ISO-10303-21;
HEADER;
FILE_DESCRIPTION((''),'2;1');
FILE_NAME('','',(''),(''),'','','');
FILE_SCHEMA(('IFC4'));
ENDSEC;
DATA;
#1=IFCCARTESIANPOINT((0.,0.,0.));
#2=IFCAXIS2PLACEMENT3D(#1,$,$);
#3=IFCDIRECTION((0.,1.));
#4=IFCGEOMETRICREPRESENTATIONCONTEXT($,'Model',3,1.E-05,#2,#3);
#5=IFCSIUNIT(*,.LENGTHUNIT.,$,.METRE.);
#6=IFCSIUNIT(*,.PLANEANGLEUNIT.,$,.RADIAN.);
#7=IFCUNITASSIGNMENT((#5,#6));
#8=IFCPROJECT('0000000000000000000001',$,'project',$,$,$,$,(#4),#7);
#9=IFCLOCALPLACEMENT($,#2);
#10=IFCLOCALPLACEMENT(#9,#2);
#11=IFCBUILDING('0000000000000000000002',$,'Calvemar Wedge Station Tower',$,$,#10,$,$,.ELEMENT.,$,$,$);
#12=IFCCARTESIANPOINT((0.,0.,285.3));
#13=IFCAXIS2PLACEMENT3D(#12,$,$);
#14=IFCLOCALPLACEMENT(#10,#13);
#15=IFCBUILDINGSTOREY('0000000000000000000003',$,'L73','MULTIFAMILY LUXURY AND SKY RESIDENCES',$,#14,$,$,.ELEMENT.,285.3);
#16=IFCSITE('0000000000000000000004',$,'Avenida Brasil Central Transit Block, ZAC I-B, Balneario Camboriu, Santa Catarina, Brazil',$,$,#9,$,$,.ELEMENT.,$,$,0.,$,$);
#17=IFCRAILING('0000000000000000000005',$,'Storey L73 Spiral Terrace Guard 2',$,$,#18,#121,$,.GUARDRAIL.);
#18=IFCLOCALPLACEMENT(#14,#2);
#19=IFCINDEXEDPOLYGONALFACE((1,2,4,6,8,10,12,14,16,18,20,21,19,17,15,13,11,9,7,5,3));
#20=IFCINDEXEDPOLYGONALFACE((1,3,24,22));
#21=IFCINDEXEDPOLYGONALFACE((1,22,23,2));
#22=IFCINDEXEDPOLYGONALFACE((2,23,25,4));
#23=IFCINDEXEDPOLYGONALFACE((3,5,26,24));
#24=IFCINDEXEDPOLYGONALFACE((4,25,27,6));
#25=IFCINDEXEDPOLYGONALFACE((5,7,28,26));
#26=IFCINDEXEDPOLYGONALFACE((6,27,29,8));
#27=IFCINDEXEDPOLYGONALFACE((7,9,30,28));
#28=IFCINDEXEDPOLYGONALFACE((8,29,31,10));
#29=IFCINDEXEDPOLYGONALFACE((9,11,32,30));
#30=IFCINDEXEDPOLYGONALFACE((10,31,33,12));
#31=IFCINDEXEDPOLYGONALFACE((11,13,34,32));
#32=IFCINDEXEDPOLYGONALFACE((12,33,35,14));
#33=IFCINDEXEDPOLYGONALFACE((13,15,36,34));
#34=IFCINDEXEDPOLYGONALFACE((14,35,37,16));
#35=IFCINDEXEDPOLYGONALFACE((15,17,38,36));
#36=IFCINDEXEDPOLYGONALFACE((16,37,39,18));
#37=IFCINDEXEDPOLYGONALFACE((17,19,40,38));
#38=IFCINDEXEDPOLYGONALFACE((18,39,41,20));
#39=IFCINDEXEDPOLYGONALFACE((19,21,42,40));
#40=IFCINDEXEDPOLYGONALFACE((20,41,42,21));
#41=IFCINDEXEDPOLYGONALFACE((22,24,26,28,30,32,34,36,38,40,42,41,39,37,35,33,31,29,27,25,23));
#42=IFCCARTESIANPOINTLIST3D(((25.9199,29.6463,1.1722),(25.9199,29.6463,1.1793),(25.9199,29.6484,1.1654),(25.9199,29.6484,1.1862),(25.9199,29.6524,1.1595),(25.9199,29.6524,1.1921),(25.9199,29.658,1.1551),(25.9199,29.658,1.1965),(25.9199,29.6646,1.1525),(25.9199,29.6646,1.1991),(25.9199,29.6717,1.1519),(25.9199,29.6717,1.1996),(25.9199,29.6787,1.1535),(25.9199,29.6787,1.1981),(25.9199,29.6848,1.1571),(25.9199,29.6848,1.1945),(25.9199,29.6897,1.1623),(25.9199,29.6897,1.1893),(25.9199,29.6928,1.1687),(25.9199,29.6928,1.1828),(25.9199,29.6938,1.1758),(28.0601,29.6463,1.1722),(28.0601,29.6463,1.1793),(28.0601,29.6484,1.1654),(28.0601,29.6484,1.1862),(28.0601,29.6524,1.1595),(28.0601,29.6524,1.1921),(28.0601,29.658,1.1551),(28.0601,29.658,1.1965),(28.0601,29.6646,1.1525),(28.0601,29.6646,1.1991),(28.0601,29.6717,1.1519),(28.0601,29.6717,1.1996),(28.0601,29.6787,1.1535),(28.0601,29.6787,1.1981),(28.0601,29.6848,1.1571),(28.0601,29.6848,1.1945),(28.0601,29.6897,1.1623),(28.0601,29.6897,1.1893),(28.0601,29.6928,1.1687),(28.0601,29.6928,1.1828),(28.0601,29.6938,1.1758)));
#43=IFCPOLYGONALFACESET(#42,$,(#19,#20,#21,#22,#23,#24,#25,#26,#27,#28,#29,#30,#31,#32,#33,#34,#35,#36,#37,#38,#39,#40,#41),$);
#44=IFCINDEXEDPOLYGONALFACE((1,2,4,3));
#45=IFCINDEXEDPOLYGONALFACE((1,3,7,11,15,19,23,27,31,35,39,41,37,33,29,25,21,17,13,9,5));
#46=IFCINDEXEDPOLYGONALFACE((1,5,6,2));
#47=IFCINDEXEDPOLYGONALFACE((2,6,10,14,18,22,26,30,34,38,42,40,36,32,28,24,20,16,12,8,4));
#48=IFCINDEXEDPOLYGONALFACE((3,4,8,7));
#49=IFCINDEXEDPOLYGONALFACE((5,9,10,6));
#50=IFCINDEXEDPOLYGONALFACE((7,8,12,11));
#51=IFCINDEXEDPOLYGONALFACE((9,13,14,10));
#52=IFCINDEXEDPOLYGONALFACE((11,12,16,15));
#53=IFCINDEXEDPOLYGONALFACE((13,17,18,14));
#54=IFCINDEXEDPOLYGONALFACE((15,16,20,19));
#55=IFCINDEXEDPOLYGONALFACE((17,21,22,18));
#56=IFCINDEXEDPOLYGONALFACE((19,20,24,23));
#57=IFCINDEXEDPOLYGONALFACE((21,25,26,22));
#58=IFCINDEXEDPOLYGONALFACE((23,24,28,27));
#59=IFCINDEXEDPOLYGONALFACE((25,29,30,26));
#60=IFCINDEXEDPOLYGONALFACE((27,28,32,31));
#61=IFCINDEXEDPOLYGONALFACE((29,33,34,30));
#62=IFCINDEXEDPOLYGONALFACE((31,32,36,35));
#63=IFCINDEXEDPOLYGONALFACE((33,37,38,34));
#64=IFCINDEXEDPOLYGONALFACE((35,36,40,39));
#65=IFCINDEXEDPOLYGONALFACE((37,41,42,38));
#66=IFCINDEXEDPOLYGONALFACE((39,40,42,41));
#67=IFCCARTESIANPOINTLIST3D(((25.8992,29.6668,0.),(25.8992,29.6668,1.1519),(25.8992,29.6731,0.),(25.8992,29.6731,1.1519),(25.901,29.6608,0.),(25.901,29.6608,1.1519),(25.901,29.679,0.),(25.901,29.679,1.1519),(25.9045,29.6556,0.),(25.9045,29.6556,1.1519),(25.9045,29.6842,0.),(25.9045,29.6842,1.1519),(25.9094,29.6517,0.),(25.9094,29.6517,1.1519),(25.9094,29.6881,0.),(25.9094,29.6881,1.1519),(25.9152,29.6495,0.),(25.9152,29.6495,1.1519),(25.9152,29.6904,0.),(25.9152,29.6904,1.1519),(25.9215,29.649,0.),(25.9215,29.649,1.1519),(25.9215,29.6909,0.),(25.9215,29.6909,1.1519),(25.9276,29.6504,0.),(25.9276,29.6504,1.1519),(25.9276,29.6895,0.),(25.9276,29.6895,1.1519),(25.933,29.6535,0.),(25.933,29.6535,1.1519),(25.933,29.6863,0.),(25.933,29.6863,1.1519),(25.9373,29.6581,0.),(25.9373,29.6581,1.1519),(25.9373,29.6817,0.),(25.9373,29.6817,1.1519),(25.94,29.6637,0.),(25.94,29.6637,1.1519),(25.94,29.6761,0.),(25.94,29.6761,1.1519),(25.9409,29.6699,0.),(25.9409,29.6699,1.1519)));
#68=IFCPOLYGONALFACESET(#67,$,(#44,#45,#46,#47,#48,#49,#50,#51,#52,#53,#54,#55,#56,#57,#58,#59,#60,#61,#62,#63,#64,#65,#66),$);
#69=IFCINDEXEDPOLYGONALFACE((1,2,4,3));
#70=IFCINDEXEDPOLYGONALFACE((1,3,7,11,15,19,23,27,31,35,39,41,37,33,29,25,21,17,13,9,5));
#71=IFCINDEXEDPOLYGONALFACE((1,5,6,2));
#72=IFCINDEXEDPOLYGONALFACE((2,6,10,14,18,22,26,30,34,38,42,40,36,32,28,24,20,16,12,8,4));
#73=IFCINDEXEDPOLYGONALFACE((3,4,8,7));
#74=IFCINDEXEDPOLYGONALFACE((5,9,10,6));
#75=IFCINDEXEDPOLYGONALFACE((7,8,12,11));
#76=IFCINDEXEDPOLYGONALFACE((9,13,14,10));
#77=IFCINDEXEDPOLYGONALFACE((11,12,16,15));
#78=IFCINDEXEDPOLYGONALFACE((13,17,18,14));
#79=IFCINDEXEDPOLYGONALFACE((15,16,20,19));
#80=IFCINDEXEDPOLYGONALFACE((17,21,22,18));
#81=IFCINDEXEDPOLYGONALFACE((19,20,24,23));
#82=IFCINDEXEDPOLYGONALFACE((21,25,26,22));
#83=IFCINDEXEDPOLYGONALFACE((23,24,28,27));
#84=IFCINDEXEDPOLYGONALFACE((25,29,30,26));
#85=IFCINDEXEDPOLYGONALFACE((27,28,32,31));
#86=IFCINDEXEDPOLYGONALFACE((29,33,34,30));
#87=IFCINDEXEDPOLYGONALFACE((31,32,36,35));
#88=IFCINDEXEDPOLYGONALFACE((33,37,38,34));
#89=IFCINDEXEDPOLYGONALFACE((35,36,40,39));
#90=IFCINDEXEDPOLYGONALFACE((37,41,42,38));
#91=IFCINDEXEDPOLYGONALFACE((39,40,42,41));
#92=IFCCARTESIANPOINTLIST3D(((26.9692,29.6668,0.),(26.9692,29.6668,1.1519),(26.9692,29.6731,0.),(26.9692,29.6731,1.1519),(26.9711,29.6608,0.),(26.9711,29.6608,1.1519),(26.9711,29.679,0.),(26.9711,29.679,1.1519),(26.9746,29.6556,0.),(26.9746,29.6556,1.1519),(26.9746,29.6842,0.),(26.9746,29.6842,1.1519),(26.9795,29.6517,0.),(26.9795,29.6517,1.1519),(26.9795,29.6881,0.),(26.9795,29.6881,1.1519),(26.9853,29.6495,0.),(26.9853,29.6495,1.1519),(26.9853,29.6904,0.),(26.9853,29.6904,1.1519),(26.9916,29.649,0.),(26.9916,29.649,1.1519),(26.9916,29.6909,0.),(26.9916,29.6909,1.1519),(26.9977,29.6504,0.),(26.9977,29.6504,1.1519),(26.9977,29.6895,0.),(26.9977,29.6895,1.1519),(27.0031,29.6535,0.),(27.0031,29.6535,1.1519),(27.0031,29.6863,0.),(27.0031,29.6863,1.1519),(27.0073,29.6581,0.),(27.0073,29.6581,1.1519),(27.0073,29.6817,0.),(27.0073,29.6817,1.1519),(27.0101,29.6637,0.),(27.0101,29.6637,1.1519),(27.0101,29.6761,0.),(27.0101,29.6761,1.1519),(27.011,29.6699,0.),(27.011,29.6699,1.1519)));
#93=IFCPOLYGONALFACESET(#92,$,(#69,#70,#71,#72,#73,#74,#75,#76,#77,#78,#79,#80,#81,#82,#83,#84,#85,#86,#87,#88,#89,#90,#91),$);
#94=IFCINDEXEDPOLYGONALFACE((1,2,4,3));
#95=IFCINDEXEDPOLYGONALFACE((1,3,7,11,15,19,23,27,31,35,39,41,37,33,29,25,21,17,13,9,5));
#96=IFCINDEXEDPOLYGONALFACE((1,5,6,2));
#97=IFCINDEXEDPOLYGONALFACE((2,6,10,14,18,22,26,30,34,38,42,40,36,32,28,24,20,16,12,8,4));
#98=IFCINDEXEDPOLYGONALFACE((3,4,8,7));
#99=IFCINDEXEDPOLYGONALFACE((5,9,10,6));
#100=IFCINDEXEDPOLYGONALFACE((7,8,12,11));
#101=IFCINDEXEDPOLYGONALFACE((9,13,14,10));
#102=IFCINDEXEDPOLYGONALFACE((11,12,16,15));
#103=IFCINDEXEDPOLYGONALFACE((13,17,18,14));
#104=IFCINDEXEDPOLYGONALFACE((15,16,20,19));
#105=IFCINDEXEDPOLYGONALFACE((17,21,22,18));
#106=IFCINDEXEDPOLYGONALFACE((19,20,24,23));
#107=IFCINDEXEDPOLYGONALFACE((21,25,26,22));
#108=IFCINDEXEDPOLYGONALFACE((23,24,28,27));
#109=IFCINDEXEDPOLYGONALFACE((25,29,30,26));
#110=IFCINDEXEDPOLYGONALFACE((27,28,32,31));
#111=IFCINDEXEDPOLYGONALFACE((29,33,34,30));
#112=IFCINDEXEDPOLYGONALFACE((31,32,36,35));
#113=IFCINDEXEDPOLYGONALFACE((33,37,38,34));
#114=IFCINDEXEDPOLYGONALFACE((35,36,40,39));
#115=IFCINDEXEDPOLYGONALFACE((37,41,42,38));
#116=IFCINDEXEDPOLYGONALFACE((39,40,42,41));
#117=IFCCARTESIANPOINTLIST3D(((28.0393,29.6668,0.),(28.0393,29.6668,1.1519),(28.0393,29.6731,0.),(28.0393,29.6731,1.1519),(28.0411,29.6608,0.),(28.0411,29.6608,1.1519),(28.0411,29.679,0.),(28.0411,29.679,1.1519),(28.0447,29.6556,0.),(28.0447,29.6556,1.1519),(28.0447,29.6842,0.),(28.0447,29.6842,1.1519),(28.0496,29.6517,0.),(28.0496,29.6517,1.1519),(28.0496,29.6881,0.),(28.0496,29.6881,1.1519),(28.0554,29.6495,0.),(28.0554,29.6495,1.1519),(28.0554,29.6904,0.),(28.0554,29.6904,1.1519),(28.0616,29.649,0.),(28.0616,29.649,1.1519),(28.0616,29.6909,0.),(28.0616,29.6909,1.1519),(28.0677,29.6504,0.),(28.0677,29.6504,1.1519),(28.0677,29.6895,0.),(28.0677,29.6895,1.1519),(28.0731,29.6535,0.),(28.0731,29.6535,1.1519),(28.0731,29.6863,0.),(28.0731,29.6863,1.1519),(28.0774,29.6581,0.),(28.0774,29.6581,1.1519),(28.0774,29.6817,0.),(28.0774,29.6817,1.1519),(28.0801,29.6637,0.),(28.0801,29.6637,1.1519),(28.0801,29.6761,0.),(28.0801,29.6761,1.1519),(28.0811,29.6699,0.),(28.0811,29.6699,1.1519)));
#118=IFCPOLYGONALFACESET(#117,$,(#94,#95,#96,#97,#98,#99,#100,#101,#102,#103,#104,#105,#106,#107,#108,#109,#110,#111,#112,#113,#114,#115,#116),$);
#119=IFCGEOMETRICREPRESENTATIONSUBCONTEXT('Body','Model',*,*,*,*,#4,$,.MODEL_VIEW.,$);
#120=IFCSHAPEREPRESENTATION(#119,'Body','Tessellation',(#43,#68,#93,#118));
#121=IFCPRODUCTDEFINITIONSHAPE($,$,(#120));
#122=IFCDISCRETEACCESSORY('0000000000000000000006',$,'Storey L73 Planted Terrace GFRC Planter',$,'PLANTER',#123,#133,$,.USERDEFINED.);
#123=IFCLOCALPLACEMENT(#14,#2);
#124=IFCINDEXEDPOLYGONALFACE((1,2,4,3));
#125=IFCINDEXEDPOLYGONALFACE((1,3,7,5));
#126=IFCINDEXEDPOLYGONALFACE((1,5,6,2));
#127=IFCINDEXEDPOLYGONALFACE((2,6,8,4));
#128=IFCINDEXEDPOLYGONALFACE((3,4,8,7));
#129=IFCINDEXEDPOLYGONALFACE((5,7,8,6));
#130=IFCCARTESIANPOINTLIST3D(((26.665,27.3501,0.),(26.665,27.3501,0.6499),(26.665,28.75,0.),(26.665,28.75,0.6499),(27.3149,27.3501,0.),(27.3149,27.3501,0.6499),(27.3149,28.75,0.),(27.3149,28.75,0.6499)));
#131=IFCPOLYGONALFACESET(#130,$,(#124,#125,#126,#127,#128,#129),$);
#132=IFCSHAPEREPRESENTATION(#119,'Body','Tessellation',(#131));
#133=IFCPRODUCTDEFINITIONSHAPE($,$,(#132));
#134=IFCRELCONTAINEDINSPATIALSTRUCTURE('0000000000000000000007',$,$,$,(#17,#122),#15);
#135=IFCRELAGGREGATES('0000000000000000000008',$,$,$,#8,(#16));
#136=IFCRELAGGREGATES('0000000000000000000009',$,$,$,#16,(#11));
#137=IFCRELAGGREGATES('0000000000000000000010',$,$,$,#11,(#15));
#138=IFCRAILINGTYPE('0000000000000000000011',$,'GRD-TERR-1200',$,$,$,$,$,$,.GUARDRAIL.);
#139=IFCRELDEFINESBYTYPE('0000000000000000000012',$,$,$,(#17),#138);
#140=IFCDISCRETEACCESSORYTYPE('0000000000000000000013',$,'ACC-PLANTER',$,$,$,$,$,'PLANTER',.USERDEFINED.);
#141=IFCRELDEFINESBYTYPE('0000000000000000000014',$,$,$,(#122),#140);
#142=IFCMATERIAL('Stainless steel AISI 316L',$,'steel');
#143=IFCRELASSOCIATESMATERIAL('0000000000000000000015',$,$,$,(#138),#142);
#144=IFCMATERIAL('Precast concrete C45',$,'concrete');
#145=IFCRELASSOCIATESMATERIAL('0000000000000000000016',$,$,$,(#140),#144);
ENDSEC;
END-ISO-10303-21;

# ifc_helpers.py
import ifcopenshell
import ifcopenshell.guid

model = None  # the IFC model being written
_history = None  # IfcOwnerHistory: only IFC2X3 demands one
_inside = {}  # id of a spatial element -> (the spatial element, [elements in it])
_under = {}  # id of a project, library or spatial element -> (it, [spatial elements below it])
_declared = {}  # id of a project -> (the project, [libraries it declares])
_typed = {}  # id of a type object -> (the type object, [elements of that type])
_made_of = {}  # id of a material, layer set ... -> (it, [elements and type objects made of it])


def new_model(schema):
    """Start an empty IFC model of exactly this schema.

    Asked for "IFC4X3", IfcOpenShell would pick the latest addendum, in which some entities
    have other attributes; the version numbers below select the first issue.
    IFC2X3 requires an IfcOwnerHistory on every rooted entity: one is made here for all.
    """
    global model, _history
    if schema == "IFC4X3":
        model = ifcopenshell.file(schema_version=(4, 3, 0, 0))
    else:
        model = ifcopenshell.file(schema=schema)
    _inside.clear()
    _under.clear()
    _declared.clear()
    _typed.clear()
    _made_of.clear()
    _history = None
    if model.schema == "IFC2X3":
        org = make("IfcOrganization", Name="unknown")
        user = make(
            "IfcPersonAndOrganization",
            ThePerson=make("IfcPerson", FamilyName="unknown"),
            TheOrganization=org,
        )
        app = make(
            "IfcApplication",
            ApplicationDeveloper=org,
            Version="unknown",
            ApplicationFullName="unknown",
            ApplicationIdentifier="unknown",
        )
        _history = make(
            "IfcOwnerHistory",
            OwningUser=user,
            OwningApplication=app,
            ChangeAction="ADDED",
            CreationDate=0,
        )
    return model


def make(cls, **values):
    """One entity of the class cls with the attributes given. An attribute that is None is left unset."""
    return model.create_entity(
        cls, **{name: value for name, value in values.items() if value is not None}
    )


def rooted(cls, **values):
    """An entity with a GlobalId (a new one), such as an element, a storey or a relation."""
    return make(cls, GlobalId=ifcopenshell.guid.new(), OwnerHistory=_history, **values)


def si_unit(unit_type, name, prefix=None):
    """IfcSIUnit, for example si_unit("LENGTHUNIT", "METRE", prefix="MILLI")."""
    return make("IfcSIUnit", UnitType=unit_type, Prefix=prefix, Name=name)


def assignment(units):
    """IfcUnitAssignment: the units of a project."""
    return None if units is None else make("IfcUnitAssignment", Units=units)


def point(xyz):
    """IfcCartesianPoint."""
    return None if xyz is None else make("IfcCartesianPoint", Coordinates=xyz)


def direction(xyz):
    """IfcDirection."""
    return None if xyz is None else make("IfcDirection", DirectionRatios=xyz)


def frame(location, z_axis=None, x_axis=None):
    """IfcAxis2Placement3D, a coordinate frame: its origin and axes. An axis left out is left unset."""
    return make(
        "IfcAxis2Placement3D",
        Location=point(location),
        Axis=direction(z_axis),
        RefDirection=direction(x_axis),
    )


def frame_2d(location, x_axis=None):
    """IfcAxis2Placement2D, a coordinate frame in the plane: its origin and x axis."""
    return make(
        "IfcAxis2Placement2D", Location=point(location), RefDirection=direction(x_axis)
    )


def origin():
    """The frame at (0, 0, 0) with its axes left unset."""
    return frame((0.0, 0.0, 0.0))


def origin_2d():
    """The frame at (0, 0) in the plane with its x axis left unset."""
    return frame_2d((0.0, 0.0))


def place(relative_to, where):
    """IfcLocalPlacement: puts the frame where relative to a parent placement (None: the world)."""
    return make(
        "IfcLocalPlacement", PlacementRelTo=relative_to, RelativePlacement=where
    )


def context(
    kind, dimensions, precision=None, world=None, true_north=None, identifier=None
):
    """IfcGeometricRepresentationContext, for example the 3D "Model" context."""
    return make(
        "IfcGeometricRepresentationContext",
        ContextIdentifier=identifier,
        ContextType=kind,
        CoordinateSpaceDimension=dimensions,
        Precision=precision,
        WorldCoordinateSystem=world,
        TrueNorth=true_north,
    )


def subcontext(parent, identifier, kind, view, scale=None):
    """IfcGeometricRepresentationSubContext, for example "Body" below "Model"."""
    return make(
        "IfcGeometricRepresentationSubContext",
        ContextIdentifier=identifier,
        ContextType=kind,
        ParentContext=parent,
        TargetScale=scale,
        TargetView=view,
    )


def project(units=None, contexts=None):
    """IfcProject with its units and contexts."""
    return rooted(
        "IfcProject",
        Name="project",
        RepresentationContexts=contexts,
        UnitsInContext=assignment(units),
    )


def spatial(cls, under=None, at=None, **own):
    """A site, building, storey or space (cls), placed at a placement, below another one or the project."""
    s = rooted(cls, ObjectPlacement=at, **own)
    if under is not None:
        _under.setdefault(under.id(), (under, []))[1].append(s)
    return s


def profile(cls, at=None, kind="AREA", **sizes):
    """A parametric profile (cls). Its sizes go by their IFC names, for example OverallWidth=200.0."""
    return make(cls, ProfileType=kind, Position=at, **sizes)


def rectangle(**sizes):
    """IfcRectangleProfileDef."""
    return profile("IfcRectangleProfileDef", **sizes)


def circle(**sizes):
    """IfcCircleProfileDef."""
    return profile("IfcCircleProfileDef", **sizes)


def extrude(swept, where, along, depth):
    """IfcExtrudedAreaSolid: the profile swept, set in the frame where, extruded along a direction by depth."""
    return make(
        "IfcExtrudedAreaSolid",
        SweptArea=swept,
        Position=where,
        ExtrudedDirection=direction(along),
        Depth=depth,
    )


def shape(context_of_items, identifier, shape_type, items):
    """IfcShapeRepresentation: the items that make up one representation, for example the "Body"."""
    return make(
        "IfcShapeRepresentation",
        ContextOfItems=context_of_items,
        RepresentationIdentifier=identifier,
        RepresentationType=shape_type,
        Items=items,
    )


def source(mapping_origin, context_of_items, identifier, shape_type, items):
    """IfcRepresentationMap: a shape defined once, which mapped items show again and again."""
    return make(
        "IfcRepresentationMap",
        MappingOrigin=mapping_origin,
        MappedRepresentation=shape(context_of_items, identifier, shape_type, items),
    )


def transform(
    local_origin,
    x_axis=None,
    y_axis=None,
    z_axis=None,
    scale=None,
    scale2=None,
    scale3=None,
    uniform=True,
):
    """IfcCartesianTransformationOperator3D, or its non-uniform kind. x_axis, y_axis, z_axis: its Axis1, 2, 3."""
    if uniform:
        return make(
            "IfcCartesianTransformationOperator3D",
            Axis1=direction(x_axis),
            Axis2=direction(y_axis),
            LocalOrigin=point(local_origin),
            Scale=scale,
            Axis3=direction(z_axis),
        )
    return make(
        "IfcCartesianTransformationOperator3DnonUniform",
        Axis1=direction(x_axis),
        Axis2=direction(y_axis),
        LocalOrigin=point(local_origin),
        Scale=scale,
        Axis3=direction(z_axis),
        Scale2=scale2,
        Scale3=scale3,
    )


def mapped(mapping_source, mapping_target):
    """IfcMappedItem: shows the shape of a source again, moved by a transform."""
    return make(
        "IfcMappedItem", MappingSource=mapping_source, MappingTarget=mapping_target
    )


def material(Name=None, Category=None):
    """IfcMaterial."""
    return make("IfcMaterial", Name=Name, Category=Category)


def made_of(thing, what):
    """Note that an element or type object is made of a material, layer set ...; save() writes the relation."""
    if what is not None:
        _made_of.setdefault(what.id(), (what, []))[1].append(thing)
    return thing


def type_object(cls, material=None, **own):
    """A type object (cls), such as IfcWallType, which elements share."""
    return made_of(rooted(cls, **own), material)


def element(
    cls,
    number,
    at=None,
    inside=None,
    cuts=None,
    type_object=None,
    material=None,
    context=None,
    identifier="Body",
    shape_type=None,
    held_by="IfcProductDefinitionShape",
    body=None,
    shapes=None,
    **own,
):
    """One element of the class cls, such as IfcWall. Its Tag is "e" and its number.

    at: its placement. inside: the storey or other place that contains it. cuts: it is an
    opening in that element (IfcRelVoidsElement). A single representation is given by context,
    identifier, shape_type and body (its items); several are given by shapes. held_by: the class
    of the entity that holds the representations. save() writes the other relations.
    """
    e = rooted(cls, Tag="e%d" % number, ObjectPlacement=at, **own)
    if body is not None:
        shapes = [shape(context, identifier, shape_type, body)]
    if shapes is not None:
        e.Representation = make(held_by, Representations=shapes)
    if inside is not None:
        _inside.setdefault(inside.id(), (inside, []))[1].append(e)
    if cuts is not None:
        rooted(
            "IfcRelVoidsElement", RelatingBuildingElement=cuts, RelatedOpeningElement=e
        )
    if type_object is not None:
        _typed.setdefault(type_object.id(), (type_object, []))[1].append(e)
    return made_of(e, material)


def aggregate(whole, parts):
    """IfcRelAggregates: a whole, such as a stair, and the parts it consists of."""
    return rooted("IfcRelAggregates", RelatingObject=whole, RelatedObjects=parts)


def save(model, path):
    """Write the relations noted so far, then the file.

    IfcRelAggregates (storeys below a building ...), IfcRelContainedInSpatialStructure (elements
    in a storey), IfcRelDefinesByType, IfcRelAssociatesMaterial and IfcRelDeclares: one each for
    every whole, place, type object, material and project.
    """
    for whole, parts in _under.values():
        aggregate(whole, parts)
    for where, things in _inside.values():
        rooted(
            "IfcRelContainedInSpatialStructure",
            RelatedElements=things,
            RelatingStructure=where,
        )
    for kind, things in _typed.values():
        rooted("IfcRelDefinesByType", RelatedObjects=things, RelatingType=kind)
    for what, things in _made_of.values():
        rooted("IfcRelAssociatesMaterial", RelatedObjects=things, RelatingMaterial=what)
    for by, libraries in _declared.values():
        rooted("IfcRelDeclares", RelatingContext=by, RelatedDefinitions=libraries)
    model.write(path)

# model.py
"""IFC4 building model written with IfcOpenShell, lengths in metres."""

from ifc_helpers import new_model, si_unit, direction, frame, origin, origin_2d, place, context, subcontext, project, spatial, rectangle, circle, extrude, source, transform, mapped, material, type_object, element, save


model = new_model("IFC4")

# Units and contexts
model_context = context("Model", 3, precision=1e-05, world=origin(), true_north=direction((0.0, 1.0)))
body_context = subcontext(model_context, "Body", "Model", "MODEL_VIEW")
ifc_project = project(units=[si_unit("LENGTHUNIT", "METRE"), si_unit("PLANEANGLEUNIT", "RADIAN")], contexts=[model_context])

# Site, building, storey
site_placement = place(None, origin())
site = spatial("IfcSite", under=ifc_project, at=site_placement, Name="Avenida Brasil Central Transit Block, ZAC I-B, Balneario Camboriu, Santa Catarina, Brazil", CompositionType="ELEMENT", RefElevation=0.0)
building_placement = place(site_placement, origin())
building = spatial("IfcBuilding", under=site, at=building_placement, Name="Calvemar Wedge Station Tower", CompositionType="ELEMENT")
storey_placement = place(building_placement, frame((0.0, 0.0, 285.3)))
storey = spatial("IfcBuildingStorey", under=building, at=storey_placement, Name="L73", Description="MULTIFAMILY LUXURY AND SKY RESIDENCES", CompositionType="ELEMENT", Elevation=285.3)

# Shared definitions
ifc_material_1 = material(Name="Precast concrete C45", Category="concrete")

# Railing
ifc_material_2 = material(Name="Stainless steel AISI 316L", Category="steel")
railing_type = type_object("IfcRailingType", Name="GRD-TERR-1200", PredefinedType="GUARDRAIL", material=ifc_material_2)
railing_placement = place(storey_placement, frame((25.9199, 29.6699, 0.0)))
element("IfcRailing", 1, at=railing_placement, inside=storey, type_object=railing_type, Name="Storey L73 Spiral Terrace Guard 2", PredefinedType="GUARDRAIL", context=body_context, shape_type="SweptSolid", body=[
    extrude(circle(Radius=0.0239, at=origin_2d()), frame((0.0, 0.0, 1.1758), z_axis=(1.0, 0.0, 0.0), x_axis=(0.0, 1.0, 0.0)), (0.0, 0.0, 1.0), 2.1401),
    extrude(circle(Radius=0.021, at=origin_2d()), origin(), (0.0, 0.0, 1.0), 1.1519),
    extrude(circle(Radius=0.021, at=origin_2d()), frame((1.0701, 0.0, 0.0)), (0.0, 0.0, 1.0), 1.1519),
    extrude(circle(Radius=0.021, at=origin_2d()), frame((2.1401, 0.0, 0.0)), (0.0, 0.0, 1.0), 1.1519),
])

# Discrete accessory
discrete_accessory_type = type_object("IfcDiscreteAccessoryType", Name="ACC-PLANTER", ElementType="PLANTER", PredefinedType="USERDEFINED", material=ifc_material_1)
shared_shape_1 = source(origin(), body_context, "Body", "SweptSolid", [
    extrude(rectangle(XDim=0.6499, YDim=1.3999, at=origin_2d()), origin(), (0.0, 0.0, 1.0), 0.6499),
])
discrete_accessory_placement = place(storey_placement, frame((26.99, 28.05, 0.0), z_axis=(0.0, 0.0, 1.0), x_axis=(1.0, 0.0, 0.0)))
element("IfcDiscreteAccessory", 2, at=discrete_accessory_placement, inside=storey, type_object=discrete_accessory_type, Name="Storey L73 Planted Terrace GFRC Planter", ObjectType="PLANTER", PredefinedType="USERDEFINED", context=body_context, shape_type="MappedRepresentation", body=[
    mapped(shared_shape_1, transform((0.0, 0.0, 0.0), scale=1.0)),
])

save(model, "model.ifc")
